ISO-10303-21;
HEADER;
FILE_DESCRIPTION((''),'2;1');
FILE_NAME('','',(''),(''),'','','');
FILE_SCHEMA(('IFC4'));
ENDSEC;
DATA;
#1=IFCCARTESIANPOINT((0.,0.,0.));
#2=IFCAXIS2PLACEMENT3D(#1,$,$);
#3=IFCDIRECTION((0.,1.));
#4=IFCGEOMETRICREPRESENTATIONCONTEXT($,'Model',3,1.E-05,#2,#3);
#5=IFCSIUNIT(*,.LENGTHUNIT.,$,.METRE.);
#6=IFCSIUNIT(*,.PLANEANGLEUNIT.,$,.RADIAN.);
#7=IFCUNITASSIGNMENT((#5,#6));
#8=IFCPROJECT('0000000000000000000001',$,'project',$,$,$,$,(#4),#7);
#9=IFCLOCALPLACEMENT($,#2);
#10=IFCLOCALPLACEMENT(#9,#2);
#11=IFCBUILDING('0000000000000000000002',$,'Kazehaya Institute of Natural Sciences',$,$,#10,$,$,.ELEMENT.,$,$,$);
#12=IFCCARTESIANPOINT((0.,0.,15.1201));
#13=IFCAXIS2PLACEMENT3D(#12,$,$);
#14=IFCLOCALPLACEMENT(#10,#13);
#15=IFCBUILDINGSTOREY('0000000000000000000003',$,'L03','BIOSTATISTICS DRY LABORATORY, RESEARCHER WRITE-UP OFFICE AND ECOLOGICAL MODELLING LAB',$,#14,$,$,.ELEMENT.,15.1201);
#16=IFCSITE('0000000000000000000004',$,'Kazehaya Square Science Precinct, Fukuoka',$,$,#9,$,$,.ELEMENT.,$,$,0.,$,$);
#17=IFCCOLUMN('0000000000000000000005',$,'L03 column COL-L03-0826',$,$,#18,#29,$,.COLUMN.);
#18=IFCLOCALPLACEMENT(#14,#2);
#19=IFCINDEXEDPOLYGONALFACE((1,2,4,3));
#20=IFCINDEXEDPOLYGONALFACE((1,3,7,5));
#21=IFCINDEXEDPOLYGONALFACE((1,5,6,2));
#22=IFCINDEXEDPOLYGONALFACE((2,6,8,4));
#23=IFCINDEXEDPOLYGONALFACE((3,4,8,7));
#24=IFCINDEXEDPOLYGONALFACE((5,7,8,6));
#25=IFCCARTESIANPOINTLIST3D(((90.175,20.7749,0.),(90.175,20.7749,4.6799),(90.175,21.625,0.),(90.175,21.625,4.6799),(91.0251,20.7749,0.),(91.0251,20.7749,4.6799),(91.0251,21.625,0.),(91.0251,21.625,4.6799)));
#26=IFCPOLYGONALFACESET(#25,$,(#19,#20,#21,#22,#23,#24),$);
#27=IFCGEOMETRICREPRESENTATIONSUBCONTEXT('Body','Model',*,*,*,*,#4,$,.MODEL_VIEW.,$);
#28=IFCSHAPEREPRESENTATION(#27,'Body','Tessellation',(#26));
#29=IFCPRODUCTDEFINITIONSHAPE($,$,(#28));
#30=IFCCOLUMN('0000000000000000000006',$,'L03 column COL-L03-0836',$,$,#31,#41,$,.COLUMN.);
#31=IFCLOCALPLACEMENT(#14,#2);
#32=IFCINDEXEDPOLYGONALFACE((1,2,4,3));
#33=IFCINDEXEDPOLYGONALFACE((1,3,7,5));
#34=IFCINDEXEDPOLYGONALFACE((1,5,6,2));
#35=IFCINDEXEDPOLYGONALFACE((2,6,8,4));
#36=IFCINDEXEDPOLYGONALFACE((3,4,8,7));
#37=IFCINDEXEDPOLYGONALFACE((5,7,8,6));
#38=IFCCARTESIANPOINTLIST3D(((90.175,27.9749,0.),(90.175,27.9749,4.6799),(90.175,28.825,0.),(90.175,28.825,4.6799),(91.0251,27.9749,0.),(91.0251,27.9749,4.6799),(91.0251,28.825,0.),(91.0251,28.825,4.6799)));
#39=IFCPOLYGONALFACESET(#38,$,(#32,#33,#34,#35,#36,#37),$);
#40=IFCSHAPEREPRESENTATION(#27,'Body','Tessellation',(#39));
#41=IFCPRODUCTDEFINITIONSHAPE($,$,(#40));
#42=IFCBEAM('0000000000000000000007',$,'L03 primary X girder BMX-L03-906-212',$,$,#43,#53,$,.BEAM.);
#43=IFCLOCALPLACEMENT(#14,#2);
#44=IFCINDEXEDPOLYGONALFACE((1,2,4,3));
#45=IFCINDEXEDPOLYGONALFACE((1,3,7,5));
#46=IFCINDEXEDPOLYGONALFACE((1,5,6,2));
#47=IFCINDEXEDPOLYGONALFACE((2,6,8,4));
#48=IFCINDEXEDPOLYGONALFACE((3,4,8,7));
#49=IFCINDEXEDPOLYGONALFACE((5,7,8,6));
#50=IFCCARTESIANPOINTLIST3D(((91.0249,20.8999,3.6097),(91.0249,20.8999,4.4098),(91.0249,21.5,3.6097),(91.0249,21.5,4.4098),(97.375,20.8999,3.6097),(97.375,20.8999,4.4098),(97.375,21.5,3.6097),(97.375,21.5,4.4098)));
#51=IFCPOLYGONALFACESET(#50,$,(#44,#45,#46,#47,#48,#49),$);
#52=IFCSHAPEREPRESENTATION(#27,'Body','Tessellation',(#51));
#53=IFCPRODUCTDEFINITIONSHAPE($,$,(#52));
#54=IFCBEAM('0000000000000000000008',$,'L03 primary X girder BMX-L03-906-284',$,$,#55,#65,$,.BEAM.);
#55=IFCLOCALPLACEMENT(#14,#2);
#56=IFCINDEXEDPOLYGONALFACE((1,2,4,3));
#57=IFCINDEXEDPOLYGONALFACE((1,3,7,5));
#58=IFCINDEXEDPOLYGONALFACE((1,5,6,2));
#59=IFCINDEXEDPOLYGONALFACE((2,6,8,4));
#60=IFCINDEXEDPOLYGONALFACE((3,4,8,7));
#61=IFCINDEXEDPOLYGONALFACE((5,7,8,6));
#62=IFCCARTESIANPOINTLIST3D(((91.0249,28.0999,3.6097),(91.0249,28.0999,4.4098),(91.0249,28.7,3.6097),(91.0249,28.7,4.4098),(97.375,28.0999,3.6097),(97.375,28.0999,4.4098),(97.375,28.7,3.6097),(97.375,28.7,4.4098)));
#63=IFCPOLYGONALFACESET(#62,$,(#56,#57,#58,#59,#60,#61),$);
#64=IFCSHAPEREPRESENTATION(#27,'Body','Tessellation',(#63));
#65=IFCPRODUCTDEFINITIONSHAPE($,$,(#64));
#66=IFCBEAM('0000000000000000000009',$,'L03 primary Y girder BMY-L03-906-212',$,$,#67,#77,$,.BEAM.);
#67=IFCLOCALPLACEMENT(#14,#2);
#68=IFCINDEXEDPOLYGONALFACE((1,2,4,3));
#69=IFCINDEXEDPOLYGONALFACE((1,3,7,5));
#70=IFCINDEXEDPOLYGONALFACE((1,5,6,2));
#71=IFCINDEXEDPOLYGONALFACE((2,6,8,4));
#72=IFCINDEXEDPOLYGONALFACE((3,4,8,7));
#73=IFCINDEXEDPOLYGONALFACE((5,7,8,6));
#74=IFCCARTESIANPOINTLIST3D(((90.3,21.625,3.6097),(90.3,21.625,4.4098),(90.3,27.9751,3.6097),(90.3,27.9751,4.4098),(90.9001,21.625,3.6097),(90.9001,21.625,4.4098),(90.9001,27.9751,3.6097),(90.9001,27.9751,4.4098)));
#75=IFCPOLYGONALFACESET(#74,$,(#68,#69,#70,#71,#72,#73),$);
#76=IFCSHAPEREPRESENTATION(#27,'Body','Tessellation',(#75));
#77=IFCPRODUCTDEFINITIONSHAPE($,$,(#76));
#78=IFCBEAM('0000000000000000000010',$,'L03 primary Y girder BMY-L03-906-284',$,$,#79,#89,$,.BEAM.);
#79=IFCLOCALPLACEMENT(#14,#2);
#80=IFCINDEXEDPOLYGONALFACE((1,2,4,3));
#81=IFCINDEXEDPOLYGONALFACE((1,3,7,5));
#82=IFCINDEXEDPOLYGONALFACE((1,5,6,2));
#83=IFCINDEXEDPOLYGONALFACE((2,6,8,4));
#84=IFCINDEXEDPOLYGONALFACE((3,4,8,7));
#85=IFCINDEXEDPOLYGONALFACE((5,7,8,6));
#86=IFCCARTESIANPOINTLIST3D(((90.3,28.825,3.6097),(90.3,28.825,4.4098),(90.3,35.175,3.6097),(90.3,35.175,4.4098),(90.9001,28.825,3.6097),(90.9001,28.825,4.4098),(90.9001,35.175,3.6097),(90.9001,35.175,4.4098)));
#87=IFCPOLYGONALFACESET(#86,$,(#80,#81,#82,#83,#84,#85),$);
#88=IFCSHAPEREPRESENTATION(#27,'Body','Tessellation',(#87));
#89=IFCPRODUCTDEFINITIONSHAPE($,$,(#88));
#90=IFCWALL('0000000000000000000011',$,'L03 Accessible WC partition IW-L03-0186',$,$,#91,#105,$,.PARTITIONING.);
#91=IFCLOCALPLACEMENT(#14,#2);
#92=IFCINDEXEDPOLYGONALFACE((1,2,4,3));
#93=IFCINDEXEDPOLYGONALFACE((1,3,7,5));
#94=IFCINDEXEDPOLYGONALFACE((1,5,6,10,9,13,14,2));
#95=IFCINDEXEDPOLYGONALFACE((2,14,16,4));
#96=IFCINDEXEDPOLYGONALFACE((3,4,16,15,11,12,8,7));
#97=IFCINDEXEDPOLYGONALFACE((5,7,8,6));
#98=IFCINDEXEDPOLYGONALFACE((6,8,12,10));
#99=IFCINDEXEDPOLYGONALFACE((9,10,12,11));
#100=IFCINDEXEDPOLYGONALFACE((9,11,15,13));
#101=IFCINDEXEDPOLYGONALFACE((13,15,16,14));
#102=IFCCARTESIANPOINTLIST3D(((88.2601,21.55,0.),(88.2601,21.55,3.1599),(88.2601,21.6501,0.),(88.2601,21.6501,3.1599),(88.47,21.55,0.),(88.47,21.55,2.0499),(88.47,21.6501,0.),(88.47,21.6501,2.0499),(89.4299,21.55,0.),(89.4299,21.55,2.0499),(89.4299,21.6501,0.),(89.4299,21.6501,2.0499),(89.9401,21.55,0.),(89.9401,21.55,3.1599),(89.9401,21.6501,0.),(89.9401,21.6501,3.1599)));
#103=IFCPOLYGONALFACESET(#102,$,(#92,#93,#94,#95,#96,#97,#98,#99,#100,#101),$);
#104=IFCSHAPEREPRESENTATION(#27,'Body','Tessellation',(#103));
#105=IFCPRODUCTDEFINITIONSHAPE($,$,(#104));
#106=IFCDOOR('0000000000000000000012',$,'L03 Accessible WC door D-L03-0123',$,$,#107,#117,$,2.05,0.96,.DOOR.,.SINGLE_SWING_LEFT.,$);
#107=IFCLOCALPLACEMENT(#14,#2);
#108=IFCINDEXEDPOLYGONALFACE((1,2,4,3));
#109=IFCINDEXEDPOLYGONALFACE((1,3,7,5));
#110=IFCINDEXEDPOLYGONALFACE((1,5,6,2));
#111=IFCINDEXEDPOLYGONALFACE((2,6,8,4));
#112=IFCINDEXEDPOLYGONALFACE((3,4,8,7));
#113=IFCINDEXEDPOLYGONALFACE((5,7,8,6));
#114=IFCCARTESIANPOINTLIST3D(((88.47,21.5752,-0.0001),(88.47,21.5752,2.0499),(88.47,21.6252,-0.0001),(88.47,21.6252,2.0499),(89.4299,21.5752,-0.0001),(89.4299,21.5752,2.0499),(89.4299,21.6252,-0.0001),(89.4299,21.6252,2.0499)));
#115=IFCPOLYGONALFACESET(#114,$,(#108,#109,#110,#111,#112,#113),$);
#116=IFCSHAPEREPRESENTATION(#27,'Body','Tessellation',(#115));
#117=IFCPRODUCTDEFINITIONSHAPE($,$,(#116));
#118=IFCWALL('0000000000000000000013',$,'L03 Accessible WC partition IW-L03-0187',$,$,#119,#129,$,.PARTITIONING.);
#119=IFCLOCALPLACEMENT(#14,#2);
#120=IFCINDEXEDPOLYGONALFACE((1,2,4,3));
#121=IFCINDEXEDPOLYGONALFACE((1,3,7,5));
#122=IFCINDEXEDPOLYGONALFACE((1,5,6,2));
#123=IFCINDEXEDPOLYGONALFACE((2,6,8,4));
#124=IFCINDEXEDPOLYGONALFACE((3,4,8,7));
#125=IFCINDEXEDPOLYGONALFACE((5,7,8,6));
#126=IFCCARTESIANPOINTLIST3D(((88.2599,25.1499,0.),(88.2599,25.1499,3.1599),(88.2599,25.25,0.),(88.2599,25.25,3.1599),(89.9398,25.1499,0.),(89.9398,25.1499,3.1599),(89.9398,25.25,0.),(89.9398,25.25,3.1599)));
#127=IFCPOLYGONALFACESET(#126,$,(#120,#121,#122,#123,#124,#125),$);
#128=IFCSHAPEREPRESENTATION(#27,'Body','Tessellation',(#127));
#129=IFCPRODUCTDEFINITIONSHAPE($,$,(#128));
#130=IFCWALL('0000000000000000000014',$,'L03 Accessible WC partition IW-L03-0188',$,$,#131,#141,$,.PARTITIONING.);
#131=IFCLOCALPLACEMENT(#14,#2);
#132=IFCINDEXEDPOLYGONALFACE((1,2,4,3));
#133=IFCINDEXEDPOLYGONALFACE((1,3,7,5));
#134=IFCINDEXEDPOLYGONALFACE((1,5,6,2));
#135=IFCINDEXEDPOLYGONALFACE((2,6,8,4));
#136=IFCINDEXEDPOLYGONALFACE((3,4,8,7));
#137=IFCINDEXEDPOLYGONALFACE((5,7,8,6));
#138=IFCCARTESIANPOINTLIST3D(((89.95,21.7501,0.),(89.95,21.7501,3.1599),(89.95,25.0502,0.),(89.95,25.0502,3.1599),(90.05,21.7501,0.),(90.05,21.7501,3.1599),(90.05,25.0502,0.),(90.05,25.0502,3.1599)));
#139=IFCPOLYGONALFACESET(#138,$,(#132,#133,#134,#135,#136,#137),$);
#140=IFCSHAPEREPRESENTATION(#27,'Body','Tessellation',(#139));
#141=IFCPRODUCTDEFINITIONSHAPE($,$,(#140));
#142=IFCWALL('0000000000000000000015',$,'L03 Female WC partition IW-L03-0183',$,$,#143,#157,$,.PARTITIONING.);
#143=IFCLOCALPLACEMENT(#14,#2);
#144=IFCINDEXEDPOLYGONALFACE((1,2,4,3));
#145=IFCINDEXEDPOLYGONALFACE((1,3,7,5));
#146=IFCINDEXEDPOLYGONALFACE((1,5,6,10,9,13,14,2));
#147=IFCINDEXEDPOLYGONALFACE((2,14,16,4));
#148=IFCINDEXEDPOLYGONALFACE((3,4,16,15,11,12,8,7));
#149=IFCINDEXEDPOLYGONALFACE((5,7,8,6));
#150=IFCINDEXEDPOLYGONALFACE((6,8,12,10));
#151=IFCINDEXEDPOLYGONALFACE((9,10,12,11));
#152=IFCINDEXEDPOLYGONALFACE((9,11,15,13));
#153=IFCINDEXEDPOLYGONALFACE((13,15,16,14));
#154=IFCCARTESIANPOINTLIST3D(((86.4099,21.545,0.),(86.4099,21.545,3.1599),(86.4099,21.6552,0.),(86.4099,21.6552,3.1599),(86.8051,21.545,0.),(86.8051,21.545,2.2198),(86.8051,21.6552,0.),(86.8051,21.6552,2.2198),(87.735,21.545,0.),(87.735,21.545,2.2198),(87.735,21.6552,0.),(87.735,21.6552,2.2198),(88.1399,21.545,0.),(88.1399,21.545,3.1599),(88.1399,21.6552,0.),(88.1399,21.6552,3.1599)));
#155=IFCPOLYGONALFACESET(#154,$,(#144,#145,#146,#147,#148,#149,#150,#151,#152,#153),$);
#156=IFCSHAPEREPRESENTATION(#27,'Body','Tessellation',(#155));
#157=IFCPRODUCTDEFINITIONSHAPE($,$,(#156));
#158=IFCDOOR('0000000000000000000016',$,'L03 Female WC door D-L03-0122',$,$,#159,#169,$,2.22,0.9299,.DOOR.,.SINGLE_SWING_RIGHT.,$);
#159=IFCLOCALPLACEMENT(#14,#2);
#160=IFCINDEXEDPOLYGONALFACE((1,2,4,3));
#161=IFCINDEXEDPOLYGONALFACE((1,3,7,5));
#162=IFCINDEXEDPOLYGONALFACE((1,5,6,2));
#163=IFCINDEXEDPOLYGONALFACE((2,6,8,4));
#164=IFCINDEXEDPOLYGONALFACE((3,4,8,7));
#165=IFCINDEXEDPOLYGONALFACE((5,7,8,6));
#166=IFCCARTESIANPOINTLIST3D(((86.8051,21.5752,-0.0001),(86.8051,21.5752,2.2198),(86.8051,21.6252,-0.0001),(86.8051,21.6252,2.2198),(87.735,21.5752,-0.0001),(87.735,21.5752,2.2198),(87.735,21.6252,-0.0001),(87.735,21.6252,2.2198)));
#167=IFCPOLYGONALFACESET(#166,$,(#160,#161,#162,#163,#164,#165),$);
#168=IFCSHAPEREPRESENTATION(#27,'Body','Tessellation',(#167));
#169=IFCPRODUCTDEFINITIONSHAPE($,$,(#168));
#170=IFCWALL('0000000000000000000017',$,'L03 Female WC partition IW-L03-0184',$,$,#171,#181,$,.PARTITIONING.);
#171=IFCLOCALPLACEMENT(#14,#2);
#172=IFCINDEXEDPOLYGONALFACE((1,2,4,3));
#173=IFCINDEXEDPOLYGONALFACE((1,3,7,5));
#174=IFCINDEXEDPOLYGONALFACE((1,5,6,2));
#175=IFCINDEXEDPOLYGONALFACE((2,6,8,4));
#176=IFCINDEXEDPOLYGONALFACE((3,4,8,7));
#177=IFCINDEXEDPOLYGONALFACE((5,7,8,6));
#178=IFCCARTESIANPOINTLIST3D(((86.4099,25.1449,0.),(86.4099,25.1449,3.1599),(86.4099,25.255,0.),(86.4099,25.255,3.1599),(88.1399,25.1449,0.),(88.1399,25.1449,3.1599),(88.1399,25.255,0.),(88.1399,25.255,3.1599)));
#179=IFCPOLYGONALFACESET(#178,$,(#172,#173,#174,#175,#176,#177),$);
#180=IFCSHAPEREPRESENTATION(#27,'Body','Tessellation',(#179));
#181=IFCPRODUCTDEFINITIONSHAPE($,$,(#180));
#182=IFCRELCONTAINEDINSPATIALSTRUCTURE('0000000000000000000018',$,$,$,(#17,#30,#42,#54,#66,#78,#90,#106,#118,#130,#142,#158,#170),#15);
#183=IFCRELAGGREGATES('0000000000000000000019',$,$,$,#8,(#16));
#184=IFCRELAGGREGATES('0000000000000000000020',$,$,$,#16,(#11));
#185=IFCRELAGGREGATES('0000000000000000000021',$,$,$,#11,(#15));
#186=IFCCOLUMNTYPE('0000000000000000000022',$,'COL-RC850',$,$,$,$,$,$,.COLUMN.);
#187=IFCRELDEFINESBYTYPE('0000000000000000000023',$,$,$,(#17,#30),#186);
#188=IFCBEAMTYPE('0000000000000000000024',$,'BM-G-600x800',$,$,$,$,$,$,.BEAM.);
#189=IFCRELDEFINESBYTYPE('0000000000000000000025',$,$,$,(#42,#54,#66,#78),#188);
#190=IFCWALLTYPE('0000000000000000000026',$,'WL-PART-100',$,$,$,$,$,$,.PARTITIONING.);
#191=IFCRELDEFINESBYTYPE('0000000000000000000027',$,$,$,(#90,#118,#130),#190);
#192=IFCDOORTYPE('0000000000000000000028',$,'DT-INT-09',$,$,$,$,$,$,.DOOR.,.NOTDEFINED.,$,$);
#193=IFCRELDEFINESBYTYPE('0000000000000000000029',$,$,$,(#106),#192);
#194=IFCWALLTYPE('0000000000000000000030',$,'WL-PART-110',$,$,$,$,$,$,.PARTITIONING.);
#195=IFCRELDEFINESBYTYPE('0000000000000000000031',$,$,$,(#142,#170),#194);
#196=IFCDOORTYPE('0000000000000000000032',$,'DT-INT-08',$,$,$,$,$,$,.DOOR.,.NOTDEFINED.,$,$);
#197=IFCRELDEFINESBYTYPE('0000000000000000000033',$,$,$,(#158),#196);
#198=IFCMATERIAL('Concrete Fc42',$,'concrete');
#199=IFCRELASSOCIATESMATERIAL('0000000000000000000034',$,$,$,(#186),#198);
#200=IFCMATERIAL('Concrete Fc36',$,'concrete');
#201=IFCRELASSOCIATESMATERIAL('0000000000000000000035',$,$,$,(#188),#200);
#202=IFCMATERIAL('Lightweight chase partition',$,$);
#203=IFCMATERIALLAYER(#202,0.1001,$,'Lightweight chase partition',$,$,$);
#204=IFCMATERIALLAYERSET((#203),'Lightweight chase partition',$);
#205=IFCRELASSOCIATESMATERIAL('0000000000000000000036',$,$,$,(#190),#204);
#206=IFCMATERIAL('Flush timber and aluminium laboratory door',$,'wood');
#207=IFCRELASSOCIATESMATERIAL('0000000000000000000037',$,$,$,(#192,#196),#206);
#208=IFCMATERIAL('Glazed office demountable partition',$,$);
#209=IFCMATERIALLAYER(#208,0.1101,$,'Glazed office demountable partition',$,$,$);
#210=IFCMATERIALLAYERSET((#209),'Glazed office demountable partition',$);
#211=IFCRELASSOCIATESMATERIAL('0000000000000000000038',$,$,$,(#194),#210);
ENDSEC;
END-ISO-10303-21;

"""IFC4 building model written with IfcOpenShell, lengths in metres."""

from ifc_helpers import new_model, si_unit, direction, frame, frame_2d, origin, origin_2d, place, context, subcontext, project, spatial, rectangle, extrude, material, layer, layer_set, material_profile, profile_set, type_object, element, fill, save


model = new_model("IFC4")

# Units and contexts
model_context = context("Model", 3, precision=1e-05, world=origin(), true_north=direction((0.0, 1.0)))
body_context = subcontext(model_context, "Body", "Model", "MODEL_VIEW")
ifc_project = project(units=[si_unit("LENGTHUNIT", "METRE"), si_unit("PLANEANGLEUNIT", "RADIAN")], contexts=[model_context])

# Site, building, storey
site_placement = place(None, origin())
site = spatial("IfcSite", under=ifc_project, at=site_placement, Name="Kazehaya Square Science Precinct, Fukuoka", CompositionType="ELEMENT", RefElevation=0.0)
building_placement = place(site_placement, origin())
building = spatial("IfcBuilding", under=site, at=building_placement, Name="Kazehaya Institute of Natural Sciences", CompositionType="ELEMENT")
storey_placement = place(building_placement, frame((0.0, 0.0, 15.1201)))
storey = spatial("IfcBuildingStorey", under=building, at=storey_placement, Name="L03", Description="BIOSTATISTICS DRY LABORATORY, RESEARCHER WRITE-UP OFFICE AND ECOLOGICAL MODELLING LAB", CompositionType="ELEMENT", Elevation=15.1201)

# Columns
ifc_material_1 = material(Name="Concrete Fc42", Category="concrete")
ifc_material_profile_1 = material_profile(ifc_material_1, rectangle(XDim=0.8501, YDim=0.8501, at=origin_2d()), Name="RC-850x850")
ifc_profile_set_1 = profile_set([ifc_material_profile_1], Name="Concrete Fc42")
column_type = type_object("IfcColumnType", Name="COL-RC850", PredefinedType="COLUMN", material=ifc_profile_set_1)
for number, where, z_axis, x_axis, name in (
    (1, (90.6001, 21.2, 0.0), (0.0, 0.0, 1.0), (1.0, 0.0, 0.0), "L03 column COL-L03-0826"),
    (2, (90.6001, 28.3999, 0.0), (0.0, 0.0, 1.0), (1.0, 0.0, 0.0), "L03 column COL-L03-0836"),
):
    element("IfcColumn", number, at=place(storey_placement, frame(where, z_axis=z_axis, x_axis=x_axis)), inside=storey, type_object=column_type, Name=name, PredefinedType="COLUMN", context=body_context, shape_type="SweptSolid", body=[
        extrude(rectangle(XDim=0.8501, YDim=0.8501, at=origin_2d()), origin(), (0.0, 0.0, 1.0), 4.6799),
    ])

# Beams
ifc_material_2 = material(Name="Concrete Fc36", Category="concrete")
ifc_material_profile_2 = material_profile(ifc_material_2, rectangle(XDim=0.6001, YDim=0.8, at=origin_2d()), Name="RC-600x800")
ifc_profile_set_2 = profile_set([ifc_material_profile_2], Name="Concrete Fc36")
beam_type = type_object("IfcBeamType", Name="BM-G-600x800", PredefinedType="BEAM", material=ifc_profile_set_2)
for number, where, z_axis, x_axis, name in (
    (3, (91.0249, 21.2, 4.0098), (1.0, 0.0, 0.0), (0.0, 1.0, 0.0), "L03 primary X girder BMX-L03-906-212"),
    (4, (91.0249, 28.3999, 4.0098), (1.0, 0.0, 0.0), (0.0, 1.0, 0.0), "L03 primary X girder BMX-L03-906-284"),
    (5, (90.6001, 21.625, 4.0098), (0.0, 1.0, 0.0), (-1.0, 0.0, 0.0), "L03 primary Y girder BMY-L03-906-212"),
    (6, (90.6001, 28.825, 4.0098), (0.0, 1.0, 0.0), (-1.0, 0.0, 0.0), "L03 primary Y girder BMY-L03-906-284"),
):
    element("IfcBeam", number, at=place(storey_placement, frame(where, z_axis=z_axis, x_axis=x_axis)), inside=storey, type_object=beam_type, Name=name, PredefinedType="BEAM", context=body_context, shape_type="SweptSolid", body=[
        extrude(rectangle(XDim=0.6001, YDim=0.8, at=origin_2d()), origin(), (0.0, 0.0, 1.0), 6.3501),
    ])

# Wall, opening, door
ifc_material_3 = material(Name="Lightweight chase partition")
ifc_layer_1 = layer(ifc_material_3, 0.1001, Name="Lightweight chase partition")
ifc_layer_set_1 = layer_set([ifc_layer_1], Name="Lightweight chase partition")
wall_type_1 = type_object("IfcWallType", Name="WL-PART-100", PredefinedType="PARTITIONING", material=ifc_layer_set_1)
wall_1_placement = place(storey_placement, frame((89.9399, 21.6001, 0.0), z_axis=(0.0, 0.0, 1.0), x_axis=(-1.0, 0.0, 0.0)))
wall_1 = element("IfcWall", 7, at=wall_1_placement, inside=storey, type_object=wall_type_1, Name="L03 Accessible WC partition IW-L03-0186", PredefinedType="PARTITIONING", context=body_context, shape_type="SweptSolid", body=[
    extrude(rectangle(XDim=1.6799, YDim=0.1001, at=frame_2d((0.8398, 0.0))), origin(), (0.0, 0.0, 1.0), 3.1599),
])
opening_1_placement = place(wall_1_placement, frame((0.51, 0.0, 0.0)))
opening_1 = element("IfcOpeningElement", 8, at=opening_1_placement, cuts=wall_1, PredefinedType="OPENING", context=body_context, shape_type="SweptSolid", body=[
    extrude(rectangle(XDim=0.96, YDim=2.05, at=frame_2d((0.48, 1.0249))), frame((0.0, 0.0601, 0.0), z_axis=(0.0, -1.0, 0.0), x_axis=(1.0, 0.0, 0.0)), (0.0, 0.0, 1.0), 0.1201),
])
ifc_material_4 = material(Name="Flush timber and aluminium laboratory door", Category="wood")
door_type_1 = type_object("IfcDoorType", Name="DT-INT-09", OperationType="NOTDEFINED", PredefinedType="DOOR", material=ifc_material_4)
door_1_placement = place(opening_1_placement, origin())
door_1 = element("IfcDoor", 9, at=door_1_placement, inside=storey, type_object=door_type_1, Name="L03 Accessible WC door D-L03-0123", OperationType="SINGLE_SWING_LEFT", OverallHeight=2.05, OverallWidth=0.96, PredefinedType="DOOR", context=body_context, shape_type="SweptSolid", body=[
    extrude(rectangle(XDim=0.96, YDim=2.05, at=frame_2d((0.48, 1.0249))), frame((0.0, 0.0249, 0.0), z_axis=(0.0, -1.0, 0.0), x_axis=(1.0, 0.0, 0.0)), (0.0, 0.0, 1.0), 0.05),
])
fill(opening_1, door_1)

# Walls
wall_2_placement = place(storey_placement, frame((88.26, 25.2, 0.0), z_axis=(0.0, 0.0, 1.0), x_axis=(1.0, 0.0, 0.0)))
element("IfcWall", 10, at=wall_2_placement, inside=storey, type_object=wall_type_1, Name="L03 Accessible WC partition IW-L03-0187", PredefinedType="PARTITIONING", context=body_context, shape_type="SweptSolid", body=[
    extrude(rectangle(XDim=1.6799, YDim=0.1001, at=frame_2d((0.8398, 0.0))), origin(), (0.0, 0.0, 1.0), 3.1599),
])
wall_3_placement = place(storey_placement, frame((90.0, 25.05, 0.0), z_axis=(0.0, 0.0, 1.0), x_axis=(0.0, -1.0, 0.0)))
element("IfcWall", 11, at=wall_3_placement, inside=storey, type_object=wall_type_1, Name="L03 Accessible WC partition IW-L03-0188", PredefinedType="PARTITIONING", context=body_context, shape_type="SweptSolid", body=[
    extrude(rectangle(XDim=3.3, YDim=0.1001, at=frame_2d((1.6499, 0.0))), origin(), (0.0, 0.0, 1.0), 3.1599),
])

# Wall, opening, door
ifc_material_5 = material(Name="Glazed office demountable partition")
ifc_layer_2 = layer(ifc_material_5, 0.1101, Name="Glazed office demountable partition")
ifc_layer_set_2 = layer_set([ifc_layer_2], Name="Glazed office demountable partition")
wall_type_2 = type_object("IfcWallType", Name="WL-PART-110", PredefinedType="PARTITIONING", material=ifc_layer_set_2)
wall_4_placement = place(storey_placement, frame((88.1399, 21.6001, 0.0), z_axis=(0.0, 0.0, 1.0), x_axis=(-1.0, 0.0, 0.0)))
wall_4 = element("IfcWall", 12, at=wall_4_placement, inside=storey, type_object=wall_type_2, Name="L03 Female WC partition IW-L03-0183", PredefinedType="PARTITIONING", context=body_context, shape_type="SweptSolid", body=[
    extrude(rectangle(XDim=1.73, YDim=0.1101, at=frame_2d((0.865, 0.0))), origin(), (0.0, 0.0, 1.0), 3.1599),
])
opening_2_placement = place(wall_4_placement, frame((0.405, 0.0, 0.0)))
opening_2 = element("IfcOpeningElement", 13, at=opening_2_placement, cuts=wall_4, PredefinedType="OPENING", context=body_context, shape_type="SweptSolid", body=[
    extrude(rectangle(XDim=0.9299, YDim=2.22, at=frame_2d((0.4648, 1.1099))), frame((0.0, 0.0649, 0.0), z_axis=(0.0, -1.0, 0.0), x_axis=(1.0, 0.0, 0.0)), (0.0, 0.0, 1.0), 0.1301),
])
door_type_2 = type_object("IfcDoorType", Name="DT-INT-08", OperationType="NOTDEFINED", PredefinedType="DOOR", material=ifc_material_4)
door_2_placement = place(opening_2_placement, origin())
door_2 = element("IfcDoor", 14, at=door_2_placement, inside=storey, type_object=door_type_2, Name="L03 Female WC door D-L03-0122", OperationType="SINGLE_SWING_RIGHT", OverallHeight=2.22, OverallWidth=0.9299, PredefinedType="DOOR", context=body_context, shape_type="SweptSolid", body=[
    extrude(rectangle(XDim=0.9299, YDim=2.22, at=frame_2d((0.4648, 1.1099))), frame((0.0, 0.0249, 0.0), z_axis=(0.0, -1.0, 0.0), x_axis=(1.0, 0.0, 0.0)), (0.0, 0.0, 1.0), 0.05),
])
fill(opening_2, door_2)

# Wall
wall_5_placement = place(storey_placement, frame((86.4099, 25.2, 0.0), z_axis=(0.0, 0.0, 1.0), x_axis=(1.0, 0.0, 0.0)))
element("IfcWall", 15, at=wall_5_placement, inside=storey, type_object=wall_type_2, Name="L03 Female WC partition IW-L03-0184", PredefinedType="PARTITIONING", context=body_context, shape_type="SweptSolid", body=[
    extrude(rectangle(XDim=1.73, YDim=0.1101, at=frame_2d((0.865, 0.0))), origin(), (0.0, 0.0, 1.0), 3.1599),
])

save(model, "model.ifc")
